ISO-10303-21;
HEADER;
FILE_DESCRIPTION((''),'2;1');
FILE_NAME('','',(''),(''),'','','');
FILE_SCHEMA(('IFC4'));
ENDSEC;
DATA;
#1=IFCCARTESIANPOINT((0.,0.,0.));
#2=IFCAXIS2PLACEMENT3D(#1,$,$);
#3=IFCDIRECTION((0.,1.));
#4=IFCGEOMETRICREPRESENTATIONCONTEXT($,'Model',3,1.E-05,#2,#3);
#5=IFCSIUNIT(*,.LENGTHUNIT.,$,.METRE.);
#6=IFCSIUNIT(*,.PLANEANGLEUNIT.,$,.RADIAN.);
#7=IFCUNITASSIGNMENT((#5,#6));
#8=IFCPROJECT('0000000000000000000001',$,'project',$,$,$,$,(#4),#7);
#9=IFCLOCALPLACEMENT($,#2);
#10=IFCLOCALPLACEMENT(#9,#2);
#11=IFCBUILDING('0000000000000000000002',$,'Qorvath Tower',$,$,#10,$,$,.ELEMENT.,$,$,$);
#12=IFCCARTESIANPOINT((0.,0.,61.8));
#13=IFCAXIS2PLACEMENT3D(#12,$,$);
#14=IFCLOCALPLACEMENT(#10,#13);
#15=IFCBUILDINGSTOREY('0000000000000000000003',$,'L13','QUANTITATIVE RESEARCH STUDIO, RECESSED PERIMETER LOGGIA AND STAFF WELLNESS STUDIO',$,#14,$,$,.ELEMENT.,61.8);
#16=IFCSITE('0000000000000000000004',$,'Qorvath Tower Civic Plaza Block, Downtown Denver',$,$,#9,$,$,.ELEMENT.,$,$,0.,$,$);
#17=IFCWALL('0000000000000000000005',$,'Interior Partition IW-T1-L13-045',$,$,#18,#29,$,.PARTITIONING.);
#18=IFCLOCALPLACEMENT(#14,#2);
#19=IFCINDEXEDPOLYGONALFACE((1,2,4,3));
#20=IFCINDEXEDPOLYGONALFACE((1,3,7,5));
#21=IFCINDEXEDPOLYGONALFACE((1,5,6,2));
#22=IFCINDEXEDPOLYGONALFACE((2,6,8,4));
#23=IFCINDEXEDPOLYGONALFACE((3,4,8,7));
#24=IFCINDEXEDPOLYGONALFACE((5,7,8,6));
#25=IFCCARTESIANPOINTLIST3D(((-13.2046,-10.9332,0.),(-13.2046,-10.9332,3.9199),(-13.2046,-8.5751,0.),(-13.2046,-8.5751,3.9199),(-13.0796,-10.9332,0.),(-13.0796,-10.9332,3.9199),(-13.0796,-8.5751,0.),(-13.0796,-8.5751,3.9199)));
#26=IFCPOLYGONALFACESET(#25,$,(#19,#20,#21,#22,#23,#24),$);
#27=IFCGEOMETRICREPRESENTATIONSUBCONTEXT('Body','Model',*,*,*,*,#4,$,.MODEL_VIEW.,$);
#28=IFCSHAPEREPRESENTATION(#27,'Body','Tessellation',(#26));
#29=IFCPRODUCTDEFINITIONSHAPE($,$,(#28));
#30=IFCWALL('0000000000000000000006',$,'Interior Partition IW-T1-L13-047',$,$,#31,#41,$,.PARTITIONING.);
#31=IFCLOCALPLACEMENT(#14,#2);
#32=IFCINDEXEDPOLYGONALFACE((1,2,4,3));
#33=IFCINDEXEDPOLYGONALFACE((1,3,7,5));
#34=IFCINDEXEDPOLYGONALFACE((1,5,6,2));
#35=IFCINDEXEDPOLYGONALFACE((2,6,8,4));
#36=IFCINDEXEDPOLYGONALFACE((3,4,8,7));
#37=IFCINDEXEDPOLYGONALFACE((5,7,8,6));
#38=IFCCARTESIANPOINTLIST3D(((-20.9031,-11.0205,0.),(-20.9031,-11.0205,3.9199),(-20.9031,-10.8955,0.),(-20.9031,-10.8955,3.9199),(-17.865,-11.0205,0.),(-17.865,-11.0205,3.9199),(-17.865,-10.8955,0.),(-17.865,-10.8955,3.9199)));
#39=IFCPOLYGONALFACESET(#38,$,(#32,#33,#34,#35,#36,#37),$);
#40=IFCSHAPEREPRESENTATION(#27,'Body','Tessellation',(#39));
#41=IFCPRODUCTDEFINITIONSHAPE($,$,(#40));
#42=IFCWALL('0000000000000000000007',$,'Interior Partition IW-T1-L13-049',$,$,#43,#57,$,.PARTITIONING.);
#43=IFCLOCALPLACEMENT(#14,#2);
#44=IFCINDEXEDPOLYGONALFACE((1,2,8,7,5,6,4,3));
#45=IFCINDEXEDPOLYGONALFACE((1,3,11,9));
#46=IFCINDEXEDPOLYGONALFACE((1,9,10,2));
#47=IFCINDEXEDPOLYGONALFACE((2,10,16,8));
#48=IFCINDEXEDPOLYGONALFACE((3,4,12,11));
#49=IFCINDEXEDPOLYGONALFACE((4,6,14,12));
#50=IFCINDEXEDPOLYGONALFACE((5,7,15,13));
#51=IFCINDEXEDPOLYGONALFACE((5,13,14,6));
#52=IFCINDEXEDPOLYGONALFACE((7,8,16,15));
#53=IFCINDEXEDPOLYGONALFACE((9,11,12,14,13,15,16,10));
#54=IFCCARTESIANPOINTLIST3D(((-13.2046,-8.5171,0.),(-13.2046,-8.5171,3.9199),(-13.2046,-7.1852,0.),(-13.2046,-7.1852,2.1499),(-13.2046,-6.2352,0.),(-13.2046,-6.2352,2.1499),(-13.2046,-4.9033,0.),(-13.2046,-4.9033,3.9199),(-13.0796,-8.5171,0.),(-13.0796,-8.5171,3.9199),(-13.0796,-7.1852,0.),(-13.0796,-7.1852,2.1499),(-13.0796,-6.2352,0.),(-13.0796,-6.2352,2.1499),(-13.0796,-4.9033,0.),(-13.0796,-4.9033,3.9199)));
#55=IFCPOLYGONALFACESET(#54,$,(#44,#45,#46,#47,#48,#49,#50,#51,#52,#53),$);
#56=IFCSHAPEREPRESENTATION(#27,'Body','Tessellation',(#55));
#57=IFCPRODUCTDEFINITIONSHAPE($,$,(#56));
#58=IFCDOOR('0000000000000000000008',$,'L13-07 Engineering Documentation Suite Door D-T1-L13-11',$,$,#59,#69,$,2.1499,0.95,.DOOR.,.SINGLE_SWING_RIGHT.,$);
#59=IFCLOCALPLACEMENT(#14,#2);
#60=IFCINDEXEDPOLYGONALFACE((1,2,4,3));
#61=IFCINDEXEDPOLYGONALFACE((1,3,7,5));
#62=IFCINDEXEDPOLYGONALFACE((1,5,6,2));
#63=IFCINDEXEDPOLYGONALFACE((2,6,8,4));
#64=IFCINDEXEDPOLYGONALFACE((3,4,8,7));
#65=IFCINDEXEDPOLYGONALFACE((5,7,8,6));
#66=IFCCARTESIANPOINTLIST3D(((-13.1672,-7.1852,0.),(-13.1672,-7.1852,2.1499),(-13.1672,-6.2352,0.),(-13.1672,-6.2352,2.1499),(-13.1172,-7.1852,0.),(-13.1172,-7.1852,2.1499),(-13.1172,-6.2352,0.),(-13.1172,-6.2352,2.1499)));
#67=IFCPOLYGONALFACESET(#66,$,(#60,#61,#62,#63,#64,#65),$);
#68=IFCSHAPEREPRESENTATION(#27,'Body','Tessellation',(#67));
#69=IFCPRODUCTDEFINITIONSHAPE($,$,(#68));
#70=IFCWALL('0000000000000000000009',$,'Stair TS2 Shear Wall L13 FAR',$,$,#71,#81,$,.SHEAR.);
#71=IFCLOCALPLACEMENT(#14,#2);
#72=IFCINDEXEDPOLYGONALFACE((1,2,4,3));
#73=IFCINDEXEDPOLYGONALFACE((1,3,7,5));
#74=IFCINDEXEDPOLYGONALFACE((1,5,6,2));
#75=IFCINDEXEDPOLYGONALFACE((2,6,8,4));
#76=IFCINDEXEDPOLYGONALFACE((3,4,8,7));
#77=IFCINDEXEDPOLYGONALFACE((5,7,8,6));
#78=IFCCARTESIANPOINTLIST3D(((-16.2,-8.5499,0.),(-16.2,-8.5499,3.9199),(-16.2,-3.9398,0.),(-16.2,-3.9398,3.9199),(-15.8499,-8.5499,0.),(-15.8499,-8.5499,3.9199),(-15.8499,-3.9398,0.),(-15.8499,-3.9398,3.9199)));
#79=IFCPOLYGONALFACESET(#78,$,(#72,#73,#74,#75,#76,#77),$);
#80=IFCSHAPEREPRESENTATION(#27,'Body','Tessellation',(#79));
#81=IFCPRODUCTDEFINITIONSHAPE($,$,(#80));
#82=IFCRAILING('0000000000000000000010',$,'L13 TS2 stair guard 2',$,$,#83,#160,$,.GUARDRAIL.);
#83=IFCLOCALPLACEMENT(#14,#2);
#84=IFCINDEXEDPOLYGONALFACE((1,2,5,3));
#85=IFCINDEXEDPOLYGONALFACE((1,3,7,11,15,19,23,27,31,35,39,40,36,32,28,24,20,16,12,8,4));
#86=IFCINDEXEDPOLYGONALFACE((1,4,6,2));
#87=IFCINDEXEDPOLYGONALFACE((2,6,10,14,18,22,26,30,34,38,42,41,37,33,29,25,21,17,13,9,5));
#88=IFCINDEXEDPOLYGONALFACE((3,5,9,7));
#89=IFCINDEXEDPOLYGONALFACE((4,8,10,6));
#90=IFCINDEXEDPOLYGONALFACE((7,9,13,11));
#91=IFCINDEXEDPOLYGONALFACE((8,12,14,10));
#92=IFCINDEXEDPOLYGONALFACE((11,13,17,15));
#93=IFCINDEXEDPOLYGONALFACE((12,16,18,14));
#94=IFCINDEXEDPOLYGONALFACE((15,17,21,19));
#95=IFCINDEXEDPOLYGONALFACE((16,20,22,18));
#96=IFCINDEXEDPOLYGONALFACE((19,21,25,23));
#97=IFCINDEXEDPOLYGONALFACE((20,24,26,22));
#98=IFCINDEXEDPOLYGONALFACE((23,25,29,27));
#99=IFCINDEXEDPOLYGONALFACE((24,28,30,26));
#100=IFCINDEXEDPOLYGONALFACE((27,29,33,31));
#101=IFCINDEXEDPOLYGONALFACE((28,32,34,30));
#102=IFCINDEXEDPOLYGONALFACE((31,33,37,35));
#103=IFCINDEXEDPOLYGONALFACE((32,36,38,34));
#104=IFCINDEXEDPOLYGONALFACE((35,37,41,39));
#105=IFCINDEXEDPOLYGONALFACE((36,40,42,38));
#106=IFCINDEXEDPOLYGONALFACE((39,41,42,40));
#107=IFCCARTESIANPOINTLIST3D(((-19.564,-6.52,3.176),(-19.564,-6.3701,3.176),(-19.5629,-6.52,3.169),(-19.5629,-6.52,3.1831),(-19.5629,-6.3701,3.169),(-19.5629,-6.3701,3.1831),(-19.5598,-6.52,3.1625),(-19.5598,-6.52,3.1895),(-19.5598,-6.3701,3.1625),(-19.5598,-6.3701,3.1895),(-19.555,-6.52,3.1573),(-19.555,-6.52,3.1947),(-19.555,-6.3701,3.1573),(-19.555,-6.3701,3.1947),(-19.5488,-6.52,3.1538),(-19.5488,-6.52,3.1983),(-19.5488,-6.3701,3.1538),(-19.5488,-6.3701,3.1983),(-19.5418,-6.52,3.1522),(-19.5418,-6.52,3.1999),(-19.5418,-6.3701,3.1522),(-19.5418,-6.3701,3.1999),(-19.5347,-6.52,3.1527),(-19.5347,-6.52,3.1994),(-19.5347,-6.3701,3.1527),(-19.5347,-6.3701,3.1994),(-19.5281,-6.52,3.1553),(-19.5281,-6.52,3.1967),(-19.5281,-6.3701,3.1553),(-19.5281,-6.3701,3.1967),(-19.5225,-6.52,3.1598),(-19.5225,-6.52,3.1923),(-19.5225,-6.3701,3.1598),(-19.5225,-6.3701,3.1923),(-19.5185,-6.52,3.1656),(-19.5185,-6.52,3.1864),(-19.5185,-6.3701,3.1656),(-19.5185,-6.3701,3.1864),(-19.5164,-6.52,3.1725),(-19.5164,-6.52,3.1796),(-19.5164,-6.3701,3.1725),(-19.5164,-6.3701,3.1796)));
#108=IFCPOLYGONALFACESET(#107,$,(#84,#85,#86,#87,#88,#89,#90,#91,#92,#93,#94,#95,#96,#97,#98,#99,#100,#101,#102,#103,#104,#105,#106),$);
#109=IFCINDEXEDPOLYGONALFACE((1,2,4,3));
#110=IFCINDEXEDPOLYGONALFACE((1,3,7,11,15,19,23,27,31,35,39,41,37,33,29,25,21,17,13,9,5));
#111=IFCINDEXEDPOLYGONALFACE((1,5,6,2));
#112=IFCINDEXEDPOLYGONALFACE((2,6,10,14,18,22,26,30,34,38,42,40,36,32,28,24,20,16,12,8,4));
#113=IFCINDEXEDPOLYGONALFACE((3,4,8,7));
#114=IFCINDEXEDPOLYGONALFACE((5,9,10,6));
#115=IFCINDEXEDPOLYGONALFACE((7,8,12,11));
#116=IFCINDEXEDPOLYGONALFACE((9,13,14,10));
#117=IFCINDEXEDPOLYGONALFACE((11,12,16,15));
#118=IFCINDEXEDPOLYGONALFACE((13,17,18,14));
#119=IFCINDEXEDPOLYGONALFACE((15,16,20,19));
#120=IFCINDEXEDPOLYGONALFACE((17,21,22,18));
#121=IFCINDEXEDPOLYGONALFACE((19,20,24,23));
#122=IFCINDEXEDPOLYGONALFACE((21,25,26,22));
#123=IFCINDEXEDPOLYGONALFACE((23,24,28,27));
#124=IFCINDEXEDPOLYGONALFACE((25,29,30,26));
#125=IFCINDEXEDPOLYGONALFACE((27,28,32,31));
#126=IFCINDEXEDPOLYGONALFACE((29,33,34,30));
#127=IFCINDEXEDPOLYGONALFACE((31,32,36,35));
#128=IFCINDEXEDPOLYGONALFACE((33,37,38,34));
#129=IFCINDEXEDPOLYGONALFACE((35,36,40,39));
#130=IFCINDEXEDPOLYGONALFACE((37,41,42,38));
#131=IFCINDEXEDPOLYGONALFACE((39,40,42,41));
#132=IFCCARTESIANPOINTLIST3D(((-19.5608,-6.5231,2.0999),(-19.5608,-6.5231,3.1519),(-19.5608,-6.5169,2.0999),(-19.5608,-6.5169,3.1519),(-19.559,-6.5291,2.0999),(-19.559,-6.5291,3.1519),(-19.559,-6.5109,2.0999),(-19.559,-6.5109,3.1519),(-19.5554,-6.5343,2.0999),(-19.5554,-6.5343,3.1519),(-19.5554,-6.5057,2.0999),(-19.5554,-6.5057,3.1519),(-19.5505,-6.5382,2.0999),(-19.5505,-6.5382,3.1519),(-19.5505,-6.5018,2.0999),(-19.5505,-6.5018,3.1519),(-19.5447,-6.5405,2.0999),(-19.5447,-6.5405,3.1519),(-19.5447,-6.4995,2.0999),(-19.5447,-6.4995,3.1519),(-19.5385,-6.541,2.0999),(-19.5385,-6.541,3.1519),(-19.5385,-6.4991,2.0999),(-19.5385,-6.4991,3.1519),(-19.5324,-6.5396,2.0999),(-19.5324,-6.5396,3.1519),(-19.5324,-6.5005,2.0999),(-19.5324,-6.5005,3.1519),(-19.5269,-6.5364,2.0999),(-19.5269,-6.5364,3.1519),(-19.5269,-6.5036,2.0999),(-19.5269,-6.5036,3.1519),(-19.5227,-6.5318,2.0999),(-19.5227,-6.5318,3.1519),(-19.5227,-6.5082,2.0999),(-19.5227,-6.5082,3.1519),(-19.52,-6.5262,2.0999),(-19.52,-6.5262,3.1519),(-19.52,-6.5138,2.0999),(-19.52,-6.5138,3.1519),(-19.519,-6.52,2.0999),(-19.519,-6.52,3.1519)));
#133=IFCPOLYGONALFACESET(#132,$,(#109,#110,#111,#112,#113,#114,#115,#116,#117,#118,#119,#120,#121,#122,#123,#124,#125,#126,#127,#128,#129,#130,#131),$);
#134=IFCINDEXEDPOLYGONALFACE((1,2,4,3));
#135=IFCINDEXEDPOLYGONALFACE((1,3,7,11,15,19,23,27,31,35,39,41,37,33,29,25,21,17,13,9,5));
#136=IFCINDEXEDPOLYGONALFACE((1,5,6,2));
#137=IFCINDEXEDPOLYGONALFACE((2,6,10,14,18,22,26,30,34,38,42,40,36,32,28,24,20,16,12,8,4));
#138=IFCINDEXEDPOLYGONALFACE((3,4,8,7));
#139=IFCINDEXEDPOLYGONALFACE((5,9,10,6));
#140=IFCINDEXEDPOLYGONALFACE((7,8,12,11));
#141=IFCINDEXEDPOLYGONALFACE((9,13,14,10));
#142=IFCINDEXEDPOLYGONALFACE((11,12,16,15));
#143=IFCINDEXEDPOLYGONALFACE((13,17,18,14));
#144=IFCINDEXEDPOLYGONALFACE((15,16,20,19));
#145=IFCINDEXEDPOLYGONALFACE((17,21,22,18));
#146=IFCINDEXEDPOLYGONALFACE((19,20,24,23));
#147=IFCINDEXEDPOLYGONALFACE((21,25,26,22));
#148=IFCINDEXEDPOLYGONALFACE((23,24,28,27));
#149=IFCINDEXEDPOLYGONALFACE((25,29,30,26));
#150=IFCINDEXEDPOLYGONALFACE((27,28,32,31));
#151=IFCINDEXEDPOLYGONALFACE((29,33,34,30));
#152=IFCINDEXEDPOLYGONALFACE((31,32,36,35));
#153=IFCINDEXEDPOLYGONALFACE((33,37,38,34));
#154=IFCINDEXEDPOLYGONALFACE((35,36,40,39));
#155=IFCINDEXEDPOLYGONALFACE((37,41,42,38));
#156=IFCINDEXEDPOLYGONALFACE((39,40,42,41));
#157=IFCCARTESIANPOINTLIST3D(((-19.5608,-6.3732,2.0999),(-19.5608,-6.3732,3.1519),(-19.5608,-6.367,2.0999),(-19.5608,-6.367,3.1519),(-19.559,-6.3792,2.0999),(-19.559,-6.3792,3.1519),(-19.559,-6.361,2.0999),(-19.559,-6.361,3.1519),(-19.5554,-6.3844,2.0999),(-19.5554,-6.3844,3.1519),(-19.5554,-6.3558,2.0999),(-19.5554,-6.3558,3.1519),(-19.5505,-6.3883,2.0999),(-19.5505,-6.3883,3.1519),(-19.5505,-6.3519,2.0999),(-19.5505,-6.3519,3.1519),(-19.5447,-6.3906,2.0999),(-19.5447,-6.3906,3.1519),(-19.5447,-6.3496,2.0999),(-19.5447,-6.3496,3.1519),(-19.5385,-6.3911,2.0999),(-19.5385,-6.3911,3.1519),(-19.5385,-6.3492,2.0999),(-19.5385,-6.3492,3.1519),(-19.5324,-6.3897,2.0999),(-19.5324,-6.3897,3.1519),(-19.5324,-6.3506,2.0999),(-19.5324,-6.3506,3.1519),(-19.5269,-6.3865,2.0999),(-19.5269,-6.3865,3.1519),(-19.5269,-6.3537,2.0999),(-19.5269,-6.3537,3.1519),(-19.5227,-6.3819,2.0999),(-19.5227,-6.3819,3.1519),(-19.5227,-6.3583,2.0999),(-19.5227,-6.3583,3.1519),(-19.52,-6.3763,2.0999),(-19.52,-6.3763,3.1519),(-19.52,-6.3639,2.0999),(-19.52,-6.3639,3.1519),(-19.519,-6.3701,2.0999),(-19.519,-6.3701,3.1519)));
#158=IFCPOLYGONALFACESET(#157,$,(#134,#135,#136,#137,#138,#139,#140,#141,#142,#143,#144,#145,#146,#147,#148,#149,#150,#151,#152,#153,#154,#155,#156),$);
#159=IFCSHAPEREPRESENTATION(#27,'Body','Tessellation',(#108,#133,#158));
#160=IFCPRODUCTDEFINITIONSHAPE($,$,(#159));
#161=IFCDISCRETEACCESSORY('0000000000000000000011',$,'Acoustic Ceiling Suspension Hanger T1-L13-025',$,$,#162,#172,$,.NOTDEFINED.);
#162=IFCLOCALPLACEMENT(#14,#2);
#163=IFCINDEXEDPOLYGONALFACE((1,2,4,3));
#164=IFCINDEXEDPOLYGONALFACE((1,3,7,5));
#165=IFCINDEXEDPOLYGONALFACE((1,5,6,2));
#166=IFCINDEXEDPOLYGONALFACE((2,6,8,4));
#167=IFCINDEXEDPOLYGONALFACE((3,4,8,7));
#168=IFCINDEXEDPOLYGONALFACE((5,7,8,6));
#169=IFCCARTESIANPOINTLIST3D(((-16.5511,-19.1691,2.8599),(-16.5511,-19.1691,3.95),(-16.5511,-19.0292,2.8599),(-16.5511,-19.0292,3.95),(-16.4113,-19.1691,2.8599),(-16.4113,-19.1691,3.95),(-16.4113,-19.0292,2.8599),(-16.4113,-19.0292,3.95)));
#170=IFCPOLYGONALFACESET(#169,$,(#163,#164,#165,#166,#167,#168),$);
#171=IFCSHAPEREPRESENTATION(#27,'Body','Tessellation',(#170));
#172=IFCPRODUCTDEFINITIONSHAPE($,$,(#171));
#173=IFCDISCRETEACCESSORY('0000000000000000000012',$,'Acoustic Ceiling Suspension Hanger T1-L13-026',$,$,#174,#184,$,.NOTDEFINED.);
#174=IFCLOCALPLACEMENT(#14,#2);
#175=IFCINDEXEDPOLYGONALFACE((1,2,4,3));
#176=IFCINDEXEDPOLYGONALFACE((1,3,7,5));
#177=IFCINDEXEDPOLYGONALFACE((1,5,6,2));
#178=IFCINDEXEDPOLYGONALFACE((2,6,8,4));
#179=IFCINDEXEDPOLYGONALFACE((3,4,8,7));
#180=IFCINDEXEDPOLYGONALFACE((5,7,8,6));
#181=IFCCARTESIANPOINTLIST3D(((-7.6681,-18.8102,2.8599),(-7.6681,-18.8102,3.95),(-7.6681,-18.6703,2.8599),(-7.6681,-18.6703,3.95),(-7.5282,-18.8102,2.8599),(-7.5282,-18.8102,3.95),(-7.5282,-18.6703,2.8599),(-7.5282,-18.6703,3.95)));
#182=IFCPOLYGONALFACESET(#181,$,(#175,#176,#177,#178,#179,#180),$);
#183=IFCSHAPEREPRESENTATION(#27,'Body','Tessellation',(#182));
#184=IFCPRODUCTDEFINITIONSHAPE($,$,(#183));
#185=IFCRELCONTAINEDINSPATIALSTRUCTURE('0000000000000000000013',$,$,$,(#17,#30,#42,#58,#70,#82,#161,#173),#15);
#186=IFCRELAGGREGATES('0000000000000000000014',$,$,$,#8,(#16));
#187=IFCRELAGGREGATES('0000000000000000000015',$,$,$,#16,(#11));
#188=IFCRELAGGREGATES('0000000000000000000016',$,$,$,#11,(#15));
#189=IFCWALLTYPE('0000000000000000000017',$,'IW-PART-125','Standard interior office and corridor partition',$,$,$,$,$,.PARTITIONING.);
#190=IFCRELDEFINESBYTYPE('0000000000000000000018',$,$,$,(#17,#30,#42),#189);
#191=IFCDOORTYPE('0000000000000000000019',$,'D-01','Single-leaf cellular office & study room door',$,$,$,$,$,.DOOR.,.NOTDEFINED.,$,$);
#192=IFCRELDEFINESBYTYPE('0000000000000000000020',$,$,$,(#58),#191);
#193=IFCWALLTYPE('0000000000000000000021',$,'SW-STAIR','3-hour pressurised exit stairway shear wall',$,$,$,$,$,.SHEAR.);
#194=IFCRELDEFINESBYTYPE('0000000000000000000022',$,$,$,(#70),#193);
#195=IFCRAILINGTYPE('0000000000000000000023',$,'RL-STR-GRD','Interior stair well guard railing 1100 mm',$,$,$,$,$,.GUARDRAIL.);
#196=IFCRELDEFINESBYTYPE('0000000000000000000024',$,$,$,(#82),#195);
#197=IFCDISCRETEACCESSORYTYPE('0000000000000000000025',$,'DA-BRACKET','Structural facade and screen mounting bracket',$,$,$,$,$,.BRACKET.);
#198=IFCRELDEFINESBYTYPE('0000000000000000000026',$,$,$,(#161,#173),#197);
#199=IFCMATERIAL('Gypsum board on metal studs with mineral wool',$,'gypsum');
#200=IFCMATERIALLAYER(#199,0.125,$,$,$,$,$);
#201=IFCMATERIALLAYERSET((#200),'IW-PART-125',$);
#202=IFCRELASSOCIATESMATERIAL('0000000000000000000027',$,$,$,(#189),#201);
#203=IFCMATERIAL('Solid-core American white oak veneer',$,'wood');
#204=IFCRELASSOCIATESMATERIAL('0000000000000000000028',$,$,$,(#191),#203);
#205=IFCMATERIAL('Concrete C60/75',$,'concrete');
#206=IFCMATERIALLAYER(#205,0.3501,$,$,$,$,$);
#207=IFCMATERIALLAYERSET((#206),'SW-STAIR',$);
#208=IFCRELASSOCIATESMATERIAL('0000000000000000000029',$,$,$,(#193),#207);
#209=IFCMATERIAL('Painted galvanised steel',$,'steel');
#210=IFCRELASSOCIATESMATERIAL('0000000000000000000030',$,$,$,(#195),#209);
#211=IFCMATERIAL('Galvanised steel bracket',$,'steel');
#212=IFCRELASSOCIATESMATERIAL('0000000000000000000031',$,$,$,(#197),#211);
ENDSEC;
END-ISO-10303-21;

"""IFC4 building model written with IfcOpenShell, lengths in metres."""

from ifc_helpers import new_model, si_unit, direction, frame, frame_2d, origin, origin_2d, place, context, subcontext, project, spatial, rectangle, circle, extrude, material, layer, layer_set, type_object, element, fill, save


model = new_model("IFC4")

# Units and contexts
model_context = context("Model", 3, precision=1e-05, world=origin(), true_north=direction((0.0, 1.0)))
body_context = subcontext(model_context, "Body", "Model", "MODEL_VIEW")
ifc_project = project(units=[si_unit("LENGTHUNIT", "METRE"), si_unit("PLANEANGLEUNIT", "RADIAN")], contexts=[model_context])

# Site, building, storey
site_placement = place(None, origin())
site = spatial("IfcSite", under=ifc_project, at=site_placement, Name="Qorvath Tower Civic Plaza Block, Downtown Denver", CompositionType="ELEMENT", RefElevation=0.0)
building_placement = place(site_placement, origin())
building = spatial("IfcBuilding", under=site, at=building_placement, Name="Qorvath Tower", CompositionType="ELEMENT")
storey_placement = place(building_placement, frame((0.0, 0.0, 61.8)))
storey = spatial("IfcBuildingStorey", under=building, at=storey_placement, Name="L13", Description="QUANTITATIVE RESEARCH STUDIO, RECESSED PERIMETER LOGGIA AND STAFF WELLNESS STUDIO", CompositionType="ELEMENT", Elevation=61.8)

# Wall
ifc_material_1 = material(Name="Gypsum board on metal studs with mineral wool", Category="gypsum")
ifc_layer_1 = layer(ifc_material_1, 0.125)
ifc_layer_set_1 = layer_set([ifc_layer_1], Name="IW-PART-125")
wall_type_1 = type_object("IfcWallType", Name="IW-PART-125", Description="Standard interior office and corridor partition", PredefinedType="PARTITIONING", material=ifc_layer_set_1)
wall_1_placement = place(storey_placement, frame((-13.1421, -8.575, 0.0), z_axis=(0.0, 0.0, 1.0), x_axis=(0.0, -1.0, 0.0)))
element("IfcWall", 1, at=wall_1_placement, inside=storey, type_object=wall_type_1, Name="Interior Partition IW-T1-L13-045", PredefinedType="PARTITIONING", context=body_context, shape_type="SweptSolid", body=[
    extrude(rectangle(XDim=2.3582, YDim=0.125, at=frame_2d((1.1792, 0.0))), origin(), (0.0, 0.0, 1.0), 3.9199),
])

# Shared definitions
ifc_material_2 = material(Name="Solid-core American white oak veneer", Category="wood")
door_type = type_object("IfcDoorType", Name="D-01", Description="Single-leaf cellular office & study room door", OperationType="NOTDEFINED", PredefinedType="DOOR", material=ifc_material_2)

# Wall
wall_2_placement = place(storey_placement, frame((-17.865, -10.958, 0.0), z_axis=(0.0, 0.0, 1.0), x_axis=(-1.0, 0.0, 0.0)))
element("IfcWall", 2, at=wall_2_placement, inside=storey, type_object=wall_type_1, Name="Interior Partition IW-T1-L13-047", PredefinedType="PARTITIONING", context=body_context, shape_type="SweptSolid", body=[
    extrude(rectangle(XDim=3.0381, YDim=0.125, at=frame_2d((1.519, 0.0))), origin(), (0.0, 0.0, 1.0), 3.9199),
])

# Wall, opening, door
wall_3_placement = place(storey_placement, frame((-13.1421, -4.9033, 0.0), z_axis=(0.0, 0.0, 1.0), x_axis=(0.0, -1.0, 0.0)))
wall_3 = element("IfcWall", 3, at=wall_3_placement, inside=storey, type_object=wall_type_1, Name="Interior Partition IW-T1-L13-049", PredefinedType="PARTITIONING", context=body_context, shape_type="SweptSolid", body=[
    extrude(rectangle(XDim=3.6138, YDim=0.125, at=frame_2d((1.8069, 0.0))), origin(), (0.0, 0.0, 1.0), 3.9199),
])
opening_1_placement = place(wall_3_placement, frame((1.3318, 0.0, 0.0)))
opening_1 = element("IfcOpeningElement", 4, at=opening_1_placement, cuts=wall_3, PredefinedType="OPENING", context=body_context, shape_type="SweptSolid", body=[
    extrude(rectangle(XDim=0.95, YDim=2.1499, at=frame_2d((0.4751, 1.075))), frame((0.0, 0.0725, 0.0), z_axis=(0.0, -1.0, 0.0), x_axis=(1.0, 0.0, 0.0)), (0.0, 0.0, 1.0), 0.145),
])
door_1_placement = place(opening_1_placement, origin())
door_1 = element("IfcDoor", 5, at=door_1_placement, inside=storey, type_object=door_type, Name="L13-07 Engineering Documentation Suite Door D-T1-L13-11", OperationType="SINGLE_SWING_RIGHT", OverallHeight=2.1499, OverallWidth=0.95, PredefinedType="DOOR", context=body_context, shape_type="SweptSolid", body=[
    extrude(rectangle(XDim=0.95, YDim=2.1499, at=frame_2d((0.4751, 1.075))), frame((0.0, 0.0249, 0.0), z_axis=(0.0, -1.0, 0.0), x_axis=(1.0, 0.0, 0.0)), (0.0, 0.0, 1.0), 0.05),
])
fill(opening_1, door_1)

# Wall
ifc_material_3 = material(Name="Concrete C60/75", Category="concrete")
ifc_layer_2 = layer(ifc_material_3, 0.3501)
ifc_layer_set_2 = layer_set([ifc_layer_2], Name="SW-STAIR")
wall_type_2 = type_object("IfcWallType", Name="SW-STAIR", Description="3-hour pressurised exit stairway shear wall", PredefinedType="SHEAR", material=ifc_layer_set_2)
wall_4_placement = place(storey_placement, frame((-16.0249, -8.55, 0.0), z_axis=(0.0, 0.0, 1.0), x_axis=(0.0, 1.0, 0.0)))
element("IfcWall", 6, at=wall_4_placement, inside=storey, type_object=wall_type_2, Name="Stair TS2 Shear Wall L13 FAR", PredefinedType="SHEAR", context=body_context, shape_type="SweptSolid", body=[
    extrude(rectangle(XDim=4.6101, YDim=0.3501, at=frame_2d((2.3052, 0.0))), origin(), (0.0, 0.0, 1.0), 3.9199),
])

# Railing
ifc_material_4 = material(Name="Painted galvanised steel", Category="steel")
railing_type = type_object("IfcRailingType", Name="RL-STR-GRD", Description="Interior stair well guard railing 1100 mm", PredefinedType="GUARDRAIL", material=ifc_material_4)
railing_placement = place(storey_placement, frame((-19.54, -6.52, 2.0999)))
element("IfcRailing", 7, at=railing_placement, inside=storey, type_object=railing_type, Name="L13 TS2 stair guard 2", PredefinedType="GUARDRAIL", context=body_context, shape_type="SweptSolid", body=[
    extrude(circle(Radius=0.0239, at=origin_2d()), frame((0.0, 0.0, 1.0762), z_axis=(0.0, 1.0, 0.0), x_axis=(-1.0, 0.0, 0.0)), (0.0, 0.0, 1.0), 0.1499),
    extrude(circle(Radius=0.021, at=origin_2d()), origin(), (0.0, 0.0, 1.0), 1.052),
    extrude(circle(Radius=0.021, at=origin_2d()), frame((0.0, 0.1499, 0.0)), (0.0, 0.0, 1.0), 1.052),
])

# Discrete accessories
ifc_material_5 = material(Name="Galvanised steel bracket", Category="steel")
discrete_accessory_type = type_object("IfcDiscreteAccessoryType", Name="DA-BRACKET", Description="Structural facade and screen mounting bracket", PredefinedType="BRACKET", material=ifc_material_5)
for number, where, z_axis, x_axis, name in (
    (8, (-16.4812, -19.0991, 2.8599), (0.0, 0.0, 1.0), (1.0, 0.0, 0.0), "Acoustic Ceiling Suspension Hanger T1-L13-025"),
    (9, (-7.5981, -18.7402, 2.8599), (0.0, 0.0, 1.0), (1.0, 0.0, 0.0), "Acoustic Ceiling Suspension Hanger T1-L13-026"),
):
    element("IfcDiscreteAccessory", number, at=place(storey_placement, frame(where, z_axis=z_axis, x_axis=x_axis)), inside=storey, type_object=discrete_accessory_type, Name=name, PredefinedType="NOTDEFINED", context=body_context, shape_type="SweptSolid", body=[
        extrude(rectangle(XDim=0.1399, YDim=0.1399, at=origin_2d()), origin(), (0.0, 0.0, 1.0), 1.0901),
    ])

save(model, "model.ifc")
